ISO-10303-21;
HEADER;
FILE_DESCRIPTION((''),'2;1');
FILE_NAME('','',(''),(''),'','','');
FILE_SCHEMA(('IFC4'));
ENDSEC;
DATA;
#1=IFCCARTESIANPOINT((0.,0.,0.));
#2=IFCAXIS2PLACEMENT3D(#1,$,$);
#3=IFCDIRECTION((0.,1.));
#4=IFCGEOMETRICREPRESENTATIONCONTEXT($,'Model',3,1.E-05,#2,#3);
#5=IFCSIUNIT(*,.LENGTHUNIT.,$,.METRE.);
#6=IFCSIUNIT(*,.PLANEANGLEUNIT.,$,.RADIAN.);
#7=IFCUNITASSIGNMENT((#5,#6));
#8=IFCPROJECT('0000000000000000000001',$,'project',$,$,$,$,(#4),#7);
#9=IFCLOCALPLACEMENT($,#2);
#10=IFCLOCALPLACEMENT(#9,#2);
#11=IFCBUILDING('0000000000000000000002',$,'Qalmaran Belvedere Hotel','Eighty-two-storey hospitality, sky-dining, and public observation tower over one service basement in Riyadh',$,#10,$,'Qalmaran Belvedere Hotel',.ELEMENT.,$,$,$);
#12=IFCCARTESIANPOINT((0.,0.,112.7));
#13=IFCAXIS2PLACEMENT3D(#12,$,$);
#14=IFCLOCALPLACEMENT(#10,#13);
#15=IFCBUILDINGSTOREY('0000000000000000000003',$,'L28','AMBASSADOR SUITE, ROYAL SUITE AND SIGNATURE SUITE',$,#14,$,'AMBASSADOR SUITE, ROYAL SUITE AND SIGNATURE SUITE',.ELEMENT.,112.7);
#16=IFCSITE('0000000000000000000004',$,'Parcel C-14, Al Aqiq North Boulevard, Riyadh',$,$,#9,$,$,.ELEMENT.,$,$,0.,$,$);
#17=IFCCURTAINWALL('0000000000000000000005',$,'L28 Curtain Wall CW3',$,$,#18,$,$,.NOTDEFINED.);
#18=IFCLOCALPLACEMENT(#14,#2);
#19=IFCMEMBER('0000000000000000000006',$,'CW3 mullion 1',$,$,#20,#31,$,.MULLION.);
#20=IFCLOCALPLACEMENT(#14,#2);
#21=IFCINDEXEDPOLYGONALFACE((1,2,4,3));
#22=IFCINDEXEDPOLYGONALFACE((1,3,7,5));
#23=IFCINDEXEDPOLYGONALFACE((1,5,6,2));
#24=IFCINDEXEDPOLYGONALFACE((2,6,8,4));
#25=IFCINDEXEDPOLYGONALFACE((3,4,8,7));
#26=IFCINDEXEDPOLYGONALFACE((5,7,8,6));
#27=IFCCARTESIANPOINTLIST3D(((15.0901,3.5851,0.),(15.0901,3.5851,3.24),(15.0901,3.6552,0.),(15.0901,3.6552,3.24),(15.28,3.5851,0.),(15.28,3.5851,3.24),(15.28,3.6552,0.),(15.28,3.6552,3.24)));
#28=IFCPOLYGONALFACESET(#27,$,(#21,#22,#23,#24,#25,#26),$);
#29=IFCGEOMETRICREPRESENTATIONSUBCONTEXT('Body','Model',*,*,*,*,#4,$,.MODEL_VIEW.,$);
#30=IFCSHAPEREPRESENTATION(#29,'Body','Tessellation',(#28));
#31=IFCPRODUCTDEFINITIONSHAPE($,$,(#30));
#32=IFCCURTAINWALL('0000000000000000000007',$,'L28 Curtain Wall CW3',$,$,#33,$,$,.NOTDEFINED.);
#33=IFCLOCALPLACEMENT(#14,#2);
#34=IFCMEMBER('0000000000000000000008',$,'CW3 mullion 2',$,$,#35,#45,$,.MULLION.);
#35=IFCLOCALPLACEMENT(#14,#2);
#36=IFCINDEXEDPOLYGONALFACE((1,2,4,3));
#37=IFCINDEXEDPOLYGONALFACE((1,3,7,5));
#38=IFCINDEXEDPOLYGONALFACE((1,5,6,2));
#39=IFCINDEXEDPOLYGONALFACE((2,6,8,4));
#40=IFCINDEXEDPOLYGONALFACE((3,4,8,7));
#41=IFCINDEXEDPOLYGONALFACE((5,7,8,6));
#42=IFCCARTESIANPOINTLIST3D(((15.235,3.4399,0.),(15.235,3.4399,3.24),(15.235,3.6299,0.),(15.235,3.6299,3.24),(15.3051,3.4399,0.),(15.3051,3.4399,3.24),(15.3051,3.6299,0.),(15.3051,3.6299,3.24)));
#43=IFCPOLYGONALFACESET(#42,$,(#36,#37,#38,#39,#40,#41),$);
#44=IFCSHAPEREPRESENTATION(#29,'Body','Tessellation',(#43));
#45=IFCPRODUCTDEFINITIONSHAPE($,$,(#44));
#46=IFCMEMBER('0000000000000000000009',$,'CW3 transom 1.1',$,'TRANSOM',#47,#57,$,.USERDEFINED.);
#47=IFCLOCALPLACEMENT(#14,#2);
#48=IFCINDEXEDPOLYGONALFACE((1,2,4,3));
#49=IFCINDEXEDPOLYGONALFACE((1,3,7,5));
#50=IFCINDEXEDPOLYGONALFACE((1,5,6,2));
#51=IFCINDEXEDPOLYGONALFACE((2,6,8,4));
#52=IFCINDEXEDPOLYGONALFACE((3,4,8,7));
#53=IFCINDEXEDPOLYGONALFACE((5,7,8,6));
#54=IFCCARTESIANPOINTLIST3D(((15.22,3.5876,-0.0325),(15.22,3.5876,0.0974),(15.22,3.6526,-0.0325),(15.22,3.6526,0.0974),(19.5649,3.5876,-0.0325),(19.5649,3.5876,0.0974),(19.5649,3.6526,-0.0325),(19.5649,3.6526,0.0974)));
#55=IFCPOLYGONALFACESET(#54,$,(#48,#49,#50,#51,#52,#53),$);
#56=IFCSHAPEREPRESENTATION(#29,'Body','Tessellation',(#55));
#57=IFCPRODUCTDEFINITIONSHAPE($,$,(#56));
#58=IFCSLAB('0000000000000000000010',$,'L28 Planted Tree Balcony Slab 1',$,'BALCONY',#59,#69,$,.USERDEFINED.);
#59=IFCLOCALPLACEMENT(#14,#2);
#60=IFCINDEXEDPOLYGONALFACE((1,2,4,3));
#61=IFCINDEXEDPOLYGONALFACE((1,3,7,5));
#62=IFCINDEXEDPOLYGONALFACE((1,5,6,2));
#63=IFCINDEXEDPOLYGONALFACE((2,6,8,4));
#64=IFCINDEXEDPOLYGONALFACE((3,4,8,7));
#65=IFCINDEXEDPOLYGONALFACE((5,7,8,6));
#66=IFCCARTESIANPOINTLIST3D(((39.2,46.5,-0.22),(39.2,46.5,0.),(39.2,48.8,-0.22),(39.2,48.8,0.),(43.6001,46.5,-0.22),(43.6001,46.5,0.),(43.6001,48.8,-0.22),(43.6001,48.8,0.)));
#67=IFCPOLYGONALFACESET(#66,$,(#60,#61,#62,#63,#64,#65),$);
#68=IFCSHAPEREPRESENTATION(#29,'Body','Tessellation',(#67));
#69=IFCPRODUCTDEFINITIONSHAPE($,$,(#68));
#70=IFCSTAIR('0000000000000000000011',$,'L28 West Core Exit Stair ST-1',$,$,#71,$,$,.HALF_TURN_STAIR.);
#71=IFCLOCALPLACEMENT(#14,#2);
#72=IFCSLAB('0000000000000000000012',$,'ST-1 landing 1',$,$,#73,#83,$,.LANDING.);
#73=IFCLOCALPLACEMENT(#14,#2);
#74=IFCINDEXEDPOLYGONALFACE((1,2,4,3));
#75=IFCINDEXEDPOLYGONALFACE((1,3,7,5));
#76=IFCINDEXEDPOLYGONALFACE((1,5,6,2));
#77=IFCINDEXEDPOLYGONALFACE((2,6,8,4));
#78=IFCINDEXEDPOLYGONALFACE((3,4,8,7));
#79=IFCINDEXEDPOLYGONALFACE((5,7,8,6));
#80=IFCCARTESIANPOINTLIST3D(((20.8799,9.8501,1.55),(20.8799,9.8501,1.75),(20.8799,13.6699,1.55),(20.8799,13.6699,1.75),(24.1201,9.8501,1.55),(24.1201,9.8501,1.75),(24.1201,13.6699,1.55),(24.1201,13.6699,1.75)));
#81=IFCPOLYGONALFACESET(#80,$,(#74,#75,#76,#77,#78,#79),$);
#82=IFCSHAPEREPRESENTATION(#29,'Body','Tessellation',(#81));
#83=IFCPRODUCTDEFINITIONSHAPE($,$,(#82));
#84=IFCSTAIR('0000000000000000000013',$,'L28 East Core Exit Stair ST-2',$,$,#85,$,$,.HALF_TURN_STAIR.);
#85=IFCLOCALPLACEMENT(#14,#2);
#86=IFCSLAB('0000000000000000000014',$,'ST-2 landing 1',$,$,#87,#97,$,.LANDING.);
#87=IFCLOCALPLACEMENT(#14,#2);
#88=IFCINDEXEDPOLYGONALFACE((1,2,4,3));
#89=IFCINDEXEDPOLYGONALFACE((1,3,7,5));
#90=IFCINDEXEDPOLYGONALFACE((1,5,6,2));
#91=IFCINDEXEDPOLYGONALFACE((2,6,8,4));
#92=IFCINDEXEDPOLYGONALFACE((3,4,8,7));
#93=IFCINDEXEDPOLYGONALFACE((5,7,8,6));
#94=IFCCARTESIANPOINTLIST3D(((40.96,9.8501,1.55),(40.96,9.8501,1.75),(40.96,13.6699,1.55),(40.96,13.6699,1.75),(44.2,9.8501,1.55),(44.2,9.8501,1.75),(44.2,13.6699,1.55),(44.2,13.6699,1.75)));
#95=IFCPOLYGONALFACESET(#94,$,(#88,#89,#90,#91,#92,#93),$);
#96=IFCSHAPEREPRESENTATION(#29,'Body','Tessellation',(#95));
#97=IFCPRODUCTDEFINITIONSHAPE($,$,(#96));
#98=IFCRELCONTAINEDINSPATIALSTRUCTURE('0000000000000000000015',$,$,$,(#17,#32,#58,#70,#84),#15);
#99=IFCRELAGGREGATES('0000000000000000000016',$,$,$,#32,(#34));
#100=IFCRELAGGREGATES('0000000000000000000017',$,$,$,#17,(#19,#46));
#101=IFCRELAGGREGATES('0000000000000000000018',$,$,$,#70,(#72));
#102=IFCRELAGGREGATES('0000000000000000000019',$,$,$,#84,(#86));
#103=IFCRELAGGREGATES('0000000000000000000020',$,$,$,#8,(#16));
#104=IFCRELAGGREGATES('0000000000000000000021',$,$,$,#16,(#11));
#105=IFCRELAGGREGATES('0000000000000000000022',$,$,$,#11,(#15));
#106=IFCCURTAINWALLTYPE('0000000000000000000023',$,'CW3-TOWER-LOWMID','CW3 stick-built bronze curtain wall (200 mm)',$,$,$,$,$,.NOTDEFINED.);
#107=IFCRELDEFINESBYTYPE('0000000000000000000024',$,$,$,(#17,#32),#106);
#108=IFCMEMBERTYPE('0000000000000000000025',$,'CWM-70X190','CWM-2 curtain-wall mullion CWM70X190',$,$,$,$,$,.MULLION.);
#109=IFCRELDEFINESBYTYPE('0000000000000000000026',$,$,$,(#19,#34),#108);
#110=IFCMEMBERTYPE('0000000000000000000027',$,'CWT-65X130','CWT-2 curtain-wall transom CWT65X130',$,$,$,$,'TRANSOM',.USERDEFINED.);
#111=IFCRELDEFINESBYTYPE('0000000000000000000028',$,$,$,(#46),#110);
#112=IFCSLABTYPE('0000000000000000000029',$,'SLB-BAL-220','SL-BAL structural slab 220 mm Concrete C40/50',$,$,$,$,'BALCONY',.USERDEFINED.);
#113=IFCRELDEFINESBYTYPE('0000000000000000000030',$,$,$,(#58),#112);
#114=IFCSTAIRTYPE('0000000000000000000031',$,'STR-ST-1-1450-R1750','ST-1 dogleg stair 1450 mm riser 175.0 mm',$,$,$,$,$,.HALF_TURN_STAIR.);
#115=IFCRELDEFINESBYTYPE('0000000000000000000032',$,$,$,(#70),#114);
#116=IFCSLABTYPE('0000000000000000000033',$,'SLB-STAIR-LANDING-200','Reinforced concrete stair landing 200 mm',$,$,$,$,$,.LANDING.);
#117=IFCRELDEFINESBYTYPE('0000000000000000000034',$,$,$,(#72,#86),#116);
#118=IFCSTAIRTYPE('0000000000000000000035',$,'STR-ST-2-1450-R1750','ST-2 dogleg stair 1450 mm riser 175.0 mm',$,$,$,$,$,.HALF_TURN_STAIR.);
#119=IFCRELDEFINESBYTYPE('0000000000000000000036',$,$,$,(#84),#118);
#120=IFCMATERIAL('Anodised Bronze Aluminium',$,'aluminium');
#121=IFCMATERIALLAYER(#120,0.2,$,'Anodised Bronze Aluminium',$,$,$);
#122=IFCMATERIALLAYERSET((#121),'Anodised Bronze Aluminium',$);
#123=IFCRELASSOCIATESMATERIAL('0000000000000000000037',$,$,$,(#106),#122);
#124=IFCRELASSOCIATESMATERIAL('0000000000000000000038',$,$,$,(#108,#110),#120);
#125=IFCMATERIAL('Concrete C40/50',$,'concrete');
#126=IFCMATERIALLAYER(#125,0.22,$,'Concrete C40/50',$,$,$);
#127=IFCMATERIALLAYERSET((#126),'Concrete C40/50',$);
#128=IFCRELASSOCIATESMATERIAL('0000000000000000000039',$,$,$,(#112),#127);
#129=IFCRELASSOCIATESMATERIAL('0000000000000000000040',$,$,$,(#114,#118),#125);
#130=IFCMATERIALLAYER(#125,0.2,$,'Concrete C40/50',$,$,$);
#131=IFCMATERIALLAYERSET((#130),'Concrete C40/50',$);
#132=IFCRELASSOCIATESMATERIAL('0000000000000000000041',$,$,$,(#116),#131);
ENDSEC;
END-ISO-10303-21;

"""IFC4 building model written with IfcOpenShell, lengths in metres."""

from ifc_helpers import new_model, si_unit, direction, frame, origin, origin_2d, place, context, subcontext, project, spatial, polyline, rectangle, outline, extrude, material, layer, layer_set, material_profile, profile_set, type_object, element, aggregate, save


model = new_model("IFC4")

# Units and contexts
model_context = context("Model", 3, precision=1e-05, world=origin(), true_north=direction((0.0, 1.0)))
body_context = subcontext(model_context, "Body", "Model", "MODEL_VIEW")
ifc_project = project(units=[si_unit("LENGTHUNIT", "METRE"), si_unit("PLANEANGLEUNIT", "RADIAN")], contexts=[model_context])

# Site, building, storey
site_placement = place(None, origin())
site = spatial("IfcSite", under=ifc_project, at=site_placement, Name="Parcel C-14, Al Aqiq North Boulevard, Riyadh", CompositionType="ELEMENT", RefElevation=0.0)
building_placement = place(site_placement, origin())
building = spatial("IfcBuilding", under=site, at=building_placement, Name="Qalmaran Belvedere Hotel", Description="Eighty-two-storey hospitality, sky-dining, and public observation tower over one service basement in Riyadh", LongName="Qalmaran Belvedere Hotel", CompositionType="ELEMENT")
storey_placement = place(building_placement, frame((0.0, 0.0, 112.7)))
storey = spatial("IfcBuildingStorey", under=building, at=storey_placement, Name="L28", Description="AMBASSADOR SUITE, ROYAL SUITE AND SIGNATURE SUITE", LongName="AMBASSADOR SUITE, ROYAL SUITE AND SIGNATURE SUITE", CompositionType="ELEMENT", Elevation=112.7)

# Curtain walls, members
ifc_material_1 = material(Name="Anodised Bronze Aluminium", Category="aluminium")
ifc_layer_1 = layer(ifc_material_1, 0.2, Name="Anodised Bronze Aluminium")
ifc_layer_set_1 = layer_set([ifc_layer_1], Name="Anodised Bronze Aluminium")
curtain_wall_type = type_object("IfcCurtainWallType", Name="CW3-TOWER-LOWMID", Description="CW3 stick-built bronze curtain wall (200 mm)", PredefinedType="NOTDEFINED", material=ifc_layer_set_1)
curtain_wall_1_placement = place(storey_placement, origin())
curtain_wall_1 = element("IfcCurtainWall", 1, at=curtain_wall_1_placement, inside=storey, type_object=curtain_wall_type, Name="L28 Curtain Wall CW3", PredefinedType="NOTDEFINED")
ifc_material_profile_1 = material_profile(ifc_material_1, rectangle(XDim=0.0701, YDim=0.1899, at=origin_2d()), Name="CWM70X190")
ifc_profile_set_1 = profile_set([ifc_material_profile_1], Name="Anodised Bronze Aluminium")
member_type_1 = type_object("IfcMemberType", Name="CWM-70X190", Description="CWM-2 curtain-wall mullion CWM70X190", PredefinedType="MULLION", material=ifc_profile_set_1)
member_1_placement = place(storey_placement, frame((15.1851, 3.6201, 0.0), z_axis=(0.0, 0.0, 1.0), x_axis=(0.0, 1.0, 0.0)))
member_1 = element("IfcMember", 2, at=member_1_placement, type_object=member_type_1, Name="CW3 mullion 1", PredefinedType="MULLION", context=body_context, shape_type="SweptSolid", body=[
    extrude(rectangle(XDim=0.0701, YDim=0.1899, at=origin_2d()), origin(), (0.0, 0.0, 1.0), 3.24),
])
curtain_wall_2_placement = place(storey_placement, origin())
curtain_wall_2 = element("IfcCurtainWall", 3, at=curtain_wall_2_placement, inside=storey, type_object=curtain_wall_type, Name="L28 Curtain Wall CW3", PredefinedType="NOTDEFINED")
member_2_placement = place(storey_placement, frame((15.27, 3.5349, 0.0), z_axis=(0.0, 0.0, 1.0), x_axis=(1.0, 0.0, 0.0)))
member_2 = element("IfcMember", 4, at=member_2_placement, type_object=member_type_1, Name="CW3 mullion 2", PredefinedType="MULLION", context=body_context, shape_type="SweptSolid", body=[
    extrude(rectangle(XDim=0.0701, YDim=0.1899, at=origin_2d()), origin(), (0.0, 0.0, 1.0), 3.24),
])
aggregate(curtain_wall_2, [member_2])

# Member
ifc_material_profile_2 = material_profile(ifc_material_1, rectangle(XDim=0.0649, YDim=0.1299, at=origin_2d()), Name="CWT65X130")
ifc_profile_set_2 = profile_set([ifc_material_profile_2], Name="Anodised Bronze Aluminium")
member_type_2 = type_object("IfcMemberType", Name="CWT-65X130", Description="CWT-2 curtain-wall transom CWT65X130", ElementType="TRANSOM", PredefinedType="USERDEFINED", material=ifc_profile_set_2)
member_3_placement = place(storey_placement, frame((15.22, 3.6201, 0.0325), z_axis=(1.0, 0.0, 0.0), x_axis=(0.0, 1.0, 0.0)))
member_3 = element("IfcMember", 5, at=member_3_placement, type_object=member_type_2, Name="CW3 transom 1.1", ObjectType="TRANSOM", PredefinedType="USERDEFINED", context=body_context, shape_type="SweptSolid", body=[
    extrude(rectangle(XDim=0.0649, YDim=0.1299, at=origin_2d()), origin(), (0.0, 0.0, 1.0), 4.345),
])
aggregate(curtain_wall_1, [member_1, member_3])

# Slab
ifc_material_2 = material(Name="Concrete C40/50", Category="concrete")
ifc_layer_2 = layer(ifc_material_2, 0.22, Name="Concrete C40/50")
ifc_layer_set_2 = layer_set([ifc_layer_2], Name="Concrete C40/50")
slab_type_1 = type_object("IfcSlabType", Name="SLB-BAL-220", Description="SL-BAL structural slab 220 mm Concrete C40/50", ElementType="BALCONY", PredefinedType="USERDEFINED", material=ifc_layer_set_2)
slab_1_placement = place(storey_placement, frame((0.0, 0.0, -0.22)))
element("IfcSlab", 6, at=slab_1_placement, inside=storey, type_object=slab_type_1, Name="L28 Planted Tree Balcony Slab 1", ObjectType="BALCONY", PredefinedType="USERDEFINED", context=body_context, shape_type="SweptSolid", body=[
    extrude(outline(polyline([(39.2, 46.5), (43.6001, 46.5), (43.6001, 48.8), (39.2, 48.8), (39.2, 46.5)])), origin(), (0.0, 0.0, 1.0), 0.22),
])

# Stairs, slabs
stair_type_1 = type_object("IfcStairType", Name="STR-ST-1-1450-R1750", Description="ST-1 dogleg stair 1450 mm riser 175.0 mm", PredefinedType="HALF_TURN_STAIR", material=ifc_material_2)
stair_1_placement = place(storey_placement, origin())
stair_1 = element("IfcStair", 7, at=stair_1_placement, inside=storey, type_object=stair_type_1, Name="L28 West Core Exit Stair ST-1", PredefinedType="HALF_TURN_STAIR")
ifc_layer_3 = layer(ifc_material_2, 0.2, Name="Concrete C40/50")
ifc_layer_set_3 = layer_set([ifc_layer_3], Name="Concrete C40/50")
slab_type_2 = type_object("IfcSlabType", Name="SLB-STAIR-LANDING-200", Description="Reinforced concrete stair landing 200 mm", PredefinedType="LANDING", material=ifc_layer_set_3)
slab_2_placement = place(storey_placement, frame((0.0, 0.0, 1.55)))
slab_2 = element("IfcSlab", 8, at=slab_2_placement, type_object=slab_type_2, Name="ST-1 landing 1", PredefinedType="LANDING", context=body_context, shape_type="SweptSolid", body=[
    extrude(outline(polyline([(20.8799, 13.6699), (20.8799, 9.8501), (24.1201, 9.8501), (24.1201, 13.6699), (20.8799, 13.6699)])), origin(), (0.0, 0.0, 1.0), 0.2),
])
aggregate(stair_1, [slab_2])
stair_type_2 = type_object("IfcStairType", Name="STR-ST-2-1450-R1750", Description="ST-2 dogleg stair 1450 mm riser 175.0 mm", PredefinedType="HALF_TURN_STAIR", material=ifc_material_2)
stair_2_placement = place(storey_placement, origin())
stair_2 = element("IfcStair", 9, at=stair_2_placement, inside=storey, type_object=stair_type_2, Name="L28 East Core Exit Stair ST-2", PredefinedType="HALF_TURN_STAIR")
slab_3_placement = place(storey_placement, frame((0.0, 0.0, 1.55)))
slab_3 = element("IfcSlab", 10, at=slab_3_placement, type_object=slab_type_2, Name="ST-2 landing 1", PredefinedType="LANDING", context=body_context, shape_type="SweptSolid", body=[
    extrude(outline(polyline([(40.96, 13.6699), (40.96, 9.8501), (44.2, 9.8501), (44.2, 13.6699), (40.96, 13.6699)])), origin(), (0.0, 0.0, 1.0), 0.2),
])
aggregate(stair_2, [slab_3])

save(model, "model.ifc")
